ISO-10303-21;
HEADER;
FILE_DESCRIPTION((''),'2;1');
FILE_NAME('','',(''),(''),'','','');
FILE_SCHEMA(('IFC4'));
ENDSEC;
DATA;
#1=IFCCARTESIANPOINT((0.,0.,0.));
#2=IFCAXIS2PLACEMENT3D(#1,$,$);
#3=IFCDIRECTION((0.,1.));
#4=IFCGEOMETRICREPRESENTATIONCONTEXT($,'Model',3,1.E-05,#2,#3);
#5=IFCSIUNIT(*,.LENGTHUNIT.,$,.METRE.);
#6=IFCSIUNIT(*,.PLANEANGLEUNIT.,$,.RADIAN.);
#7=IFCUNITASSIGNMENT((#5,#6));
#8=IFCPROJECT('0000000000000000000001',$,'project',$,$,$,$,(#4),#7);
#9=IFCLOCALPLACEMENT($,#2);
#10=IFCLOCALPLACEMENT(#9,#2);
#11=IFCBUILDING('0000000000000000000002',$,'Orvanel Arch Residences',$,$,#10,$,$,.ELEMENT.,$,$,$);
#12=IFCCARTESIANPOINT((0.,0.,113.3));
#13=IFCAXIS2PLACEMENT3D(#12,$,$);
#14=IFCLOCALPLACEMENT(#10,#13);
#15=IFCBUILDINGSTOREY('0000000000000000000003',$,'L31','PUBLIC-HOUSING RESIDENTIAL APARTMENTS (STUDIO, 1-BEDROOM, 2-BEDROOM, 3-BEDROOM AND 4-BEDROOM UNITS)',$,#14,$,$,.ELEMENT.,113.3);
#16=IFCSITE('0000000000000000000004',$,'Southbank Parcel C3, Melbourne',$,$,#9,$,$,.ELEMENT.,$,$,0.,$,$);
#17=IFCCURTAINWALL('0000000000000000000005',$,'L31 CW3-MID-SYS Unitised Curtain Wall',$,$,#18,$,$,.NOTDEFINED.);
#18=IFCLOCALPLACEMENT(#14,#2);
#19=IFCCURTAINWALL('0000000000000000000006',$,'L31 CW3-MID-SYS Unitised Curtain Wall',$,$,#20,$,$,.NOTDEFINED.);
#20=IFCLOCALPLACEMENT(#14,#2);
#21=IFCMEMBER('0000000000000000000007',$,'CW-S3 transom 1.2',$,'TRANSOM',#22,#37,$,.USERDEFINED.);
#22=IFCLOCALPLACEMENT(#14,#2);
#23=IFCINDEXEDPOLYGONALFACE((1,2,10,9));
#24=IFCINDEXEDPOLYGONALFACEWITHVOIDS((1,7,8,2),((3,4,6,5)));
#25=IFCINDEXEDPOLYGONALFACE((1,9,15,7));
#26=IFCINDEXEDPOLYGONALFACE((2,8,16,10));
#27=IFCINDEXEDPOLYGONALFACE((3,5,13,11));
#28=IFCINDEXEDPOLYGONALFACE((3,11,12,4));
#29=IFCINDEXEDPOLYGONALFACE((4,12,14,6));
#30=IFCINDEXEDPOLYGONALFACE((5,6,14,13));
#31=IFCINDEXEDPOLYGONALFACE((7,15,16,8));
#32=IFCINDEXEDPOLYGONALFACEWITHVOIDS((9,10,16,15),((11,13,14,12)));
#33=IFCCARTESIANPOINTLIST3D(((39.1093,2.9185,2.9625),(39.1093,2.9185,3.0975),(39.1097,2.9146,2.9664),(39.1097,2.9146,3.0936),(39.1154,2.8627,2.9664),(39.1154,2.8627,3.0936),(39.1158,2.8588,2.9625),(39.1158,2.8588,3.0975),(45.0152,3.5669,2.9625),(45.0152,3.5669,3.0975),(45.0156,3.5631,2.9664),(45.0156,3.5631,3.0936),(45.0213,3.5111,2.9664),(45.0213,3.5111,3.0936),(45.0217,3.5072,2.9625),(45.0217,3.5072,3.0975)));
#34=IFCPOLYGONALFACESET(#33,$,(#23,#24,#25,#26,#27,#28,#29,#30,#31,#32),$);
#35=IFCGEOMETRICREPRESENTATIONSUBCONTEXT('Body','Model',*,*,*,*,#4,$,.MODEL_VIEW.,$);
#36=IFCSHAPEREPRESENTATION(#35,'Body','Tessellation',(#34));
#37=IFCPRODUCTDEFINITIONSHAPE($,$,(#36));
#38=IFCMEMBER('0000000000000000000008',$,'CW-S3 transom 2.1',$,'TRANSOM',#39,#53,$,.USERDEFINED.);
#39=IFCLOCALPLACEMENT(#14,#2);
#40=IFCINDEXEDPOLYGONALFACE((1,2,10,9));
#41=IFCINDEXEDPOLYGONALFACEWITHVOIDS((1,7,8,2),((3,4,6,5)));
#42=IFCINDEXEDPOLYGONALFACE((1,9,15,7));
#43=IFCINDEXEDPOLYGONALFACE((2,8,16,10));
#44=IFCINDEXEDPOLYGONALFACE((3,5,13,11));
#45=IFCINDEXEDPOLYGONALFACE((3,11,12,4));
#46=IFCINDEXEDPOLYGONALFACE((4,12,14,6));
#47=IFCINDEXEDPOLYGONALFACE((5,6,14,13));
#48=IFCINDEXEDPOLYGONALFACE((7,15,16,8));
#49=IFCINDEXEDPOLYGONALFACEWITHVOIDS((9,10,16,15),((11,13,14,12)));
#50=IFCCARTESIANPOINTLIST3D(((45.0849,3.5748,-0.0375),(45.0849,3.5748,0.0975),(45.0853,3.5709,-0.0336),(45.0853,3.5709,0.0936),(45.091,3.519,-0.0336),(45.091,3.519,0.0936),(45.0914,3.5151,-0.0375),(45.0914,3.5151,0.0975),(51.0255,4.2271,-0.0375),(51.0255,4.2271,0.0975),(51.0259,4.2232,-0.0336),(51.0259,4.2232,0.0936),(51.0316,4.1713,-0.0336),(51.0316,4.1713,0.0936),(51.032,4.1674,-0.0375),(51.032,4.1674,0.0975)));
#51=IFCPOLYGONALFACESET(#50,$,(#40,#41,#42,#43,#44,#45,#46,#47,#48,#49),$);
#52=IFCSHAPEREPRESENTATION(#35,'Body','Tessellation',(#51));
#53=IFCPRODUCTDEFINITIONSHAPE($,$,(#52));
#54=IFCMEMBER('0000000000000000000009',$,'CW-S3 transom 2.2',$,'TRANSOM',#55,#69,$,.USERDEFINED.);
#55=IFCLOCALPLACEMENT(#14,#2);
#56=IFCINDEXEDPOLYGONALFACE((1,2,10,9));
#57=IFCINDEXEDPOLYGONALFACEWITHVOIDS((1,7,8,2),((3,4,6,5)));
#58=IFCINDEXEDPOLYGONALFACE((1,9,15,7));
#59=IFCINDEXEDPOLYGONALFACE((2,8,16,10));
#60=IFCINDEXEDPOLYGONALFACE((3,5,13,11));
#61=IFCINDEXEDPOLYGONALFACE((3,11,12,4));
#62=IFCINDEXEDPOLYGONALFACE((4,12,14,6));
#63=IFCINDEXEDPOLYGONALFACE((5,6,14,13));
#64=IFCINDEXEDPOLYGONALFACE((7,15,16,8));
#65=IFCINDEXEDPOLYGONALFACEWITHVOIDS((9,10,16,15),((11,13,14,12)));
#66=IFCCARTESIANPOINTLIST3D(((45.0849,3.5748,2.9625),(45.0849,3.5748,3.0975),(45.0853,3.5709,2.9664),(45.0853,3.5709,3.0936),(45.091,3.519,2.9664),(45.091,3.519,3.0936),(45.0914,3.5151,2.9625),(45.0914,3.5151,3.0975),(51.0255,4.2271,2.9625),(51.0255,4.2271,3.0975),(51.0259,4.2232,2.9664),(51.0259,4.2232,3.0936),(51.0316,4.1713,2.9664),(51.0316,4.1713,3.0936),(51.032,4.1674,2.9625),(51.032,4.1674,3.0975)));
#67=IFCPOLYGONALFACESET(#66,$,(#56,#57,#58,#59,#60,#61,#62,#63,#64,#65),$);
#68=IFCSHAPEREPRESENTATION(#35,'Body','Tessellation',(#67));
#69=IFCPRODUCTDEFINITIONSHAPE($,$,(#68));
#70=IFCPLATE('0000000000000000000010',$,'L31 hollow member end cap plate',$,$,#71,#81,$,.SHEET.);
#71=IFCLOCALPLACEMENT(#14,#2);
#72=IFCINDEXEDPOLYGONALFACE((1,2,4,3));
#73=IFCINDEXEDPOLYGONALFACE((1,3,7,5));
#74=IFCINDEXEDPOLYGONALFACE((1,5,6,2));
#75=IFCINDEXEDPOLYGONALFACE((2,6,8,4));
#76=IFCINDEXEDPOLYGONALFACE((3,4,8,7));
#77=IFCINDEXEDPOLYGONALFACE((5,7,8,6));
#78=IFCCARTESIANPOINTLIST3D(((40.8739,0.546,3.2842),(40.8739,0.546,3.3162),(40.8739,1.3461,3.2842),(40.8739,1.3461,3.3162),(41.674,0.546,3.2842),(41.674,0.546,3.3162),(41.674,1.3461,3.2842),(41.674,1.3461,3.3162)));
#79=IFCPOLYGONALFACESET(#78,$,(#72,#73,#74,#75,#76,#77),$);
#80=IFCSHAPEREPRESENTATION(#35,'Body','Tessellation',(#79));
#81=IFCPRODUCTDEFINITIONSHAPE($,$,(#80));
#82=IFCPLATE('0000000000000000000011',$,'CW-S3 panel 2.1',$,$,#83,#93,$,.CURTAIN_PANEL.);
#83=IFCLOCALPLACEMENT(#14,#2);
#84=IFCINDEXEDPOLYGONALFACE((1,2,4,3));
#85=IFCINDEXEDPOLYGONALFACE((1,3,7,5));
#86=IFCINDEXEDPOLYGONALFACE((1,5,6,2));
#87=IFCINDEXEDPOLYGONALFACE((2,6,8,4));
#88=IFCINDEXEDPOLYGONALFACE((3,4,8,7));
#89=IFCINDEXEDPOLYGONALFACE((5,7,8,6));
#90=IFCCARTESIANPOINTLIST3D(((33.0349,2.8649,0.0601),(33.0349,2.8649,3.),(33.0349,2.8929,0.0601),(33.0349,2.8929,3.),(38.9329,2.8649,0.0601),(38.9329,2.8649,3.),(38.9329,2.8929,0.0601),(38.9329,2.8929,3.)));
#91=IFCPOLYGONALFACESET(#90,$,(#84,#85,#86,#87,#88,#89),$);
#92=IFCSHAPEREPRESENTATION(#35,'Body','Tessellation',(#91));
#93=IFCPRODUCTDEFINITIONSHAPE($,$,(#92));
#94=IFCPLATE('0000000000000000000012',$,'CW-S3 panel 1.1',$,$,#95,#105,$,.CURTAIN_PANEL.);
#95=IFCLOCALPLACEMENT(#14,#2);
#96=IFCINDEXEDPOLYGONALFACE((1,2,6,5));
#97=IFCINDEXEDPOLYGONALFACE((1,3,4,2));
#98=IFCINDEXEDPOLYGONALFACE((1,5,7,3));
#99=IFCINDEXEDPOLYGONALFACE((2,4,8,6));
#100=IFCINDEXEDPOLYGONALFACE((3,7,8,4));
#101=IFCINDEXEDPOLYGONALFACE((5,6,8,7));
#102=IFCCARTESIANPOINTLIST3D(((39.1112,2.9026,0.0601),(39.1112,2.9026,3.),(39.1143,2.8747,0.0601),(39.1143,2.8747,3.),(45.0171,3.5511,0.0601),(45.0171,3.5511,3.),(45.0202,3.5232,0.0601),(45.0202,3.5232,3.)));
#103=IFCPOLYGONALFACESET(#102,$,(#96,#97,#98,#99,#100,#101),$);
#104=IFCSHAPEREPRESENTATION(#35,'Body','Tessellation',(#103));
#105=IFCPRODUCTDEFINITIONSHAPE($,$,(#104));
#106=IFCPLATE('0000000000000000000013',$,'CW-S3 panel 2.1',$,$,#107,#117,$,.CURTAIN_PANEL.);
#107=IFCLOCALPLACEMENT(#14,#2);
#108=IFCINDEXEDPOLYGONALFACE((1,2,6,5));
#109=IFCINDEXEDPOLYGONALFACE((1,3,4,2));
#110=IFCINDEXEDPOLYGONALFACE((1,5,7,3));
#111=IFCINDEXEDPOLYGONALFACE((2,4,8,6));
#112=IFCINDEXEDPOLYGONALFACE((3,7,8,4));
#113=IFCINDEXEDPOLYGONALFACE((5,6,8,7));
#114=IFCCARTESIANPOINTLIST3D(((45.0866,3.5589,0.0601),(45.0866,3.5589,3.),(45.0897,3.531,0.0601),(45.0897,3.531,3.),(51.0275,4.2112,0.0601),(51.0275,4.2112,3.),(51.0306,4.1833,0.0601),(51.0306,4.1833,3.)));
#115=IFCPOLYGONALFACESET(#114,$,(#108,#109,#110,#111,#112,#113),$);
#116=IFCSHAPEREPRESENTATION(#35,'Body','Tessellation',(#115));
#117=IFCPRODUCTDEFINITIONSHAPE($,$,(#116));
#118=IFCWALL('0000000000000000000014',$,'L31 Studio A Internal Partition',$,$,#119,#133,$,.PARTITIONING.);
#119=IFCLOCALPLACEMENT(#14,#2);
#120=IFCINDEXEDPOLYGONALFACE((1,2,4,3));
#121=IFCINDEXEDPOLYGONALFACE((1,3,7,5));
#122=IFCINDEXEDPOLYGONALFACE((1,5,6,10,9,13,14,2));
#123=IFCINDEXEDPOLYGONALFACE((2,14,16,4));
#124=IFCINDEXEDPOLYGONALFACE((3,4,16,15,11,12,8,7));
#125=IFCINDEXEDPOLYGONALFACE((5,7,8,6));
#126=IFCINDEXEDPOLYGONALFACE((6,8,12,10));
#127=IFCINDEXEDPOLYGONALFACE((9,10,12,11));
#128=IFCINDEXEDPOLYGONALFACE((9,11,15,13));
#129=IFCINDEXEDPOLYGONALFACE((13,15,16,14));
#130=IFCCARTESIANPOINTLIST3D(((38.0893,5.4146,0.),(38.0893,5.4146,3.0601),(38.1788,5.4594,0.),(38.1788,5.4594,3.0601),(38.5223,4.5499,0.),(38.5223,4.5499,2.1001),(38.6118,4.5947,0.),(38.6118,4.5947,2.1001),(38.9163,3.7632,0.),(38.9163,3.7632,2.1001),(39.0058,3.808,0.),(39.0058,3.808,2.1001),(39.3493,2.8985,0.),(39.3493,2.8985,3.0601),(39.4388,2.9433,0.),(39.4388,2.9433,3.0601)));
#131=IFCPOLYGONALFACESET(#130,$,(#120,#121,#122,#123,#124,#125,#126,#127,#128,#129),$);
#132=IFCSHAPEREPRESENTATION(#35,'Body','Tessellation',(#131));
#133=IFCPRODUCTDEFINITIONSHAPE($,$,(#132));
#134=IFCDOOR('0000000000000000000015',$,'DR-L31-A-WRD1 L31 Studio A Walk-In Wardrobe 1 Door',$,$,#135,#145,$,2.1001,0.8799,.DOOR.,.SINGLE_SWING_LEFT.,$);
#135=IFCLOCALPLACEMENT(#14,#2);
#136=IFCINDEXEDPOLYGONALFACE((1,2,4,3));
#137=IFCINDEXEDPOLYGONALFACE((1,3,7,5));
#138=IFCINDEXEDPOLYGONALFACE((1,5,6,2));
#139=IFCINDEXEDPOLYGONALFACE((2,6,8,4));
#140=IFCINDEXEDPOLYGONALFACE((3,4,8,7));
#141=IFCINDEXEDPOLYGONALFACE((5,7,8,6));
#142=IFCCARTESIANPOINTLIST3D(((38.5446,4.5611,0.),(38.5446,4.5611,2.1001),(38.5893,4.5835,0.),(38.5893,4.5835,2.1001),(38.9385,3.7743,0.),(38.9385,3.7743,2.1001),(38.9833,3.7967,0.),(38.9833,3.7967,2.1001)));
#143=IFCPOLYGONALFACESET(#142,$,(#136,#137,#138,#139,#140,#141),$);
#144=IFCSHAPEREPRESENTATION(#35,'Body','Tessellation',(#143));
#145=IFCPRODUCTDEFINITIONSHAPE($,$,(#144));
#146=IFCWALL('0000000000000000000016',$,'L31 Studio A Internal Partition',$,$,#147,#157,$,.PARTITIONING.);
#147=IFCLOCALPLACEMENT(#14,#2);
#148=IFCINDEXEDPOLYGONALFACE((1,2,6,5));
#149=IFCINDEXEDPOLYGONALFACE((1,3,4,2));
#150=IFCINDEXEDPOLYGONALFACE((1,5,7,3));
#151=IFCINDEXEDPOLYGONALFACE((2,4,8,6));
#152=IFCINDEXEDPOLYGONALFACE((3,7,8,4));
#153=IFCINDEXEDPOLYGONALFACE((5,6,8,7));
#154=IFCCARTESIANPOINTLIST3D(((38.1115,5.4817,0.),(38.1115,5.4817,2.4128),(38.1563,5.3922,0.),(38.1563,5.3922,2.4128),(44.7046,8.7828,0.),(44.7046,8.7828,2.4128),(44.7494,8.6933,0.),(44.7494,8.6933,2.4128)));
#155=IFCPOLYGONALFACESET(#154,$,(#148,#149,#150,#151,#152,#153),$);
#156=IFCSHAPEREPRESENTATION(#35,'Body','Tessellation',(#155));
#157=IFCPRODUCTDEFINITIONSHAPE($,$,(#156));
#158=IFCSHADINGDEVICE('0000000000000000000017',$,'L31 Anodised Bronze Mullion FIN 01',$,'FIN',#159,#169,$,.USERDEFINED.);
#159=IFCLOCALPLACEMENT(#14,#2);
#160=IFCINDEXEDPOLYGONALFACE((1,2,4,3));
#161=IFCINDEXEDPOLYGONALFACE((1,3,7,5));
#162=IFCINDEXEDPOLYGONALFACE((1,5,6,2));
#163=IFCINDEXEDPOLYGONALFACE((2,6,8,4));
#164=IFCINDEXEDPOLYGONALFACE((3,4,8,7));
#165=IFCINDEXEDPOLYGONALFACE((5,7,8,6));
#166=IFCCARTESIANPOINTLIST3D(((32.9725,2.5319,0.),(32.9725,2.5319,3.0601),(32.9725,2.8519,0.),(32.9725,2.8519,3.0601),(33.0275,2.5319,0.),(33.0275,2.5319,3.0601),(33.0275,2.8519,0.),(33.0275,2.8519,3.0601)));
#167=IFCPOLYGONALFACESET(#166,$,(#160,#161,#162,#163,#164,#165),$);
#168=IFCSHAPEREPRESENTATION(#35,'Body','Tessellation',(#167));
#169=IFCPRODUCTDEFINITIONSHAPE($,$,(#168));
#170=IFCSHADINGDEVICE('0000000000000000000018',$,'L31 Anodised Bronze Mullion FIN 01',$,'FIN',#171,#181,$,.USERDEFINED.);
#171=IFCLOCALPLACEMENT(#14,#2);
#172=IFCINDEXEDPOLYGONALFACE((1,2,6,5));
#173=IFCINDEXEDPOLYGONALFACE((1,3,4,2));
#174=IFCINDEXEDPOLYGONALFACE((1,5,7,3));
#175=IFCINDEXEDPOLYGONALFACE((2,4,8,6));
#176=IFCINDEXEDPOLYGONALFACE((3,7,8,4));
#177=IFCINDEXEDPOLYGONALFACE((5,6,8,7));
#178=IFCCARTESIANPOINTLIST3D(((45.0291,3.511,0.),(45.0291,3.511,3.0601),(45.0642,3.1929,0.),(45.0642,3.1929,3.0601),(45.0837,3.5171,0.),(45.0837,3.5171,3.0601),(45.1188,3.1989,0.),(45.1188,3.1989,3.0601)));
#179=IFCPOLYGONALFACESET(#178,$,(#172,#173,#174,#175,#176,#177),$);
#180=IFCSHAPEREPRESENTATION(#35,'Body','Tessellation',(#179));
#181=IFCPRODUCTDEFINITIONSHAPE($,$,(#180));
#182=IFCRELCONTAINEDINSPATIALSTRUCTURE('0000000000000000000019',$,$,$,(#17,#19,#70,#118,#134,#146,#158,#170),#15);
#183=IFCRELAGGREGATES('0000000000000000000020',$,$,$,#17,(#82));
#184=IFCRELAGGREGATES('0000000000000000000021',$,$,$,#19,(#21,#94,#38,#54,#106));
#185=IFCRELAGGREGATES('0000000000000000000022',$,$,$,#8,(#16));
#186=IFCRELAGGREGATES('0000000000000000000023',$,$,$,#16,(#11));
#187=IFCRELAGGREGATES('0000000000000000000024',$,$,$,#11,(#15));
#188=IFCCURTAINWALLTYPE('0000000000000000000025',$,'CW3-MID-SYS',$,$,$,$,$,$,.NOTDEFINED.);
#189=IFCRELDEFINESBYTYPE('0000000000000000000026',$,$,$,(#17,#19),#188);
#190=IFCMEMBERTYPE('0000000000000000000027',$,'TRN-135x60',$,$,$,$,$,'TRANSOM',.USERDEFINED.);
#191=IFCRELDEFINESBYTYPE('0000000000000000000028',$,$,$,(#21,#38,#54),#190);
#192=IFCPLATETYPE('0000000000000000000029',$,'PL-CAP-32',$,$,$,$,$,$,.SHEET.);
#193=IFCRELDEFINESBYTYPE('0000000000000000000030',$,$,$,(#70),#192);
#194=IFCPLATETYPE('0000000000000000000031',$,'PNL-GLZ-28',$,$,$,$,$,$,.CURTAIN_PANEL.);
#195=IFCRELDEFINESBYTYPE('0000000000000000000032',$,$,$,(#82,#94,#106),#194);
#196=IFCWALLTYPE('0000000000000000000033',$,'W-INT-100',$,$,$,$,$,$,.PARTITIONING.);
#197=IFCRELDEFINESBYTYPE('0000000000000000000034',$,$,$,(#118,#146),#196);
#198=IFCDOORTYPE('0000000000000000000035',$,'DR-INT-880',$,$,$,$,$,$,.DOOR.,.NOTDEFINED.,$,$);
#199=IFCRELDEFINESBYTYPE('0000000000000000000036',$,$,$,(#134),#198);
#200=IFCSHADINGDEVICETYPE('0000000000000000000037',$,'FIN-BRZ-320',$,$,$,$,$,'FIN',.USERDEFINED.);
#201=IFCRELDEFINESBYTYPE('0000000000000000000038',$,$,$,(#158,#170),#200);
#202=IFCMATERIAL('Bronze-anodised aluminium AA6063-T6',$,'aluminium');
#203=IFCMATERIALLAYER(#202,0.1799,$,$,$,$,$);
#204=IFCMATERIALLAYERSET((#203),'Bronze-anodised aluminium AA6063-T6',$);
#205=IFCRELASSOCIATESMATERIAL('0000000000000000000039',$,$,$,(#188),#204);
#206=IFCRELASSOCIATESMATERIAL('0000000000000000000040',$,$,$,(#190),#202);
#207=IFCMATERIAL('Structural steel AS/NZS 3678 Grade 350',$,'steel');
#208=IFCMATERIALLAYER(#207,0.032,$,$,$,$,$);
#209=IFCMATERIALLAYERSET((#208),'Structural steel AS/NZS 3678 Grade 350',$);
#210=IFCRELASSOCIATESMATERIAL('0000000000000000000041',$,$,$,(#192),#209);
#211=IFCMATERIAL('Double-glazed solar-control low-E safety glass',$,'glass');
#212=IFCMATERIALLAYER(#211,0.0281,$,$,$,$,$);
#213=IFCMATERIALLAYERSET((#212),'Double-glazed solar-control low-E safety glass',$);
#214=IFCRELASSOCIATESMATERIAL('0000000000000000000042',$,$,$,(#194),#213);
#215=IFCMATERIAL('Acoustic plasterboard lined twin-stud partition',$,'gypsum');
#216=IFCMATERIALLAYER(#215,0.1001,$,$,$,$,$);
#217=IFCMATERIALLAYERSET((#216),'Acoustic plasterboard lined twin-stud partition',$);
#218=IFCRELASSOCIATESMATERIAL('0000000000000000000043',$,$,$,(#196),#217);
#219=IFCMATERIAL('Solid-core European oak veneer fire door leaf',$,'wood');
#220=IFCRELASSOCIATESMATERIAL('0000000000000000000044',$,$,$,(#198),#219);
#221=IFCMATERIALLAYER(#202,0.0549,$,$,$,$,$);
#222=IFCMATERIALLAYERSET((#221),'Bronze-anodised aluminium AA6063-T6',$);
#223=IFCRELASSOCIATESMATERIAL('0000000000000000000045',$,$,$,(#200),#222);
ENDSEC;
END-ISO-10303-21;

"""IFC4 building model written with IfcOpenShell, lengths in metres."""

from ifc_helpers import new_model, si_unit, direction, frame, frame_2d, origin, origin_2d, place, context, subcontext, project, spatial, rectangle, hollow_rectangle, extrude, material, layer, layer_set, material_profile, profile_set, type_object, element, fill, aggregate, save


model = new_model("IFC4")

# Units and contexts
model_context = context("Model", 3, precision=1e-05, world=origin(), true_north=direction((0.0, 1.0)))
body_context = subcontext(model_context, "Body", "Model", "MODEL_VIEW")
ifc_project = project(units=[si_unit("LENGTHUNIT", "METRE"), si_unit("PLANEANGLEUNIT", "RADIAN")], contexts=[model_context])

# Site, building, storey
site_placement = place(None, origin())
site = spatial("IfcSite", under=ifc_project, at=site_placement, Name="Southbank Parcel C3, Melbourne", CompositionType="ELEMENT", RefElevation=0.0)
building_placement = place(site_placement, origin())
building = spatial("IfcBuilding", under=site, at=building_placement, Name="Orvanel Arch Residences", CompositionType="ELEMENT")
storey_placement = place(building_placement, frame((0.0, 0.0, 113.3)))
storey = spatial("IfcBuildingStorey", under=building, at=storey_placement, Name="L31", Description="PUBLIC-HOUSING RESIDENTIAL APARTMENTS (STUDIO, 1-BEDROOM, 2-BEDROOM, 3-BEDROOM AND 4-BEDROOM UNITS)", CompositionType="ELEMENT", Elevation=113.3)

# Curtain walls
ifc_material_1 = material(Name="Bronze-anodised aluminium AA6063-T6", Category="aluminium")
ifc_layer_1 = layer(ifc_material_1, 0.1799)
ifc_layer_set_1 = layer_set([ifc_layer_1], Name="Bronze-anodised aluminium AA6063-T6")
curtain_wall_type = type_object("IfcCurtainWallType", Name="CW3-MID-SYS", PredefinedType="NOTDEFINED", material=ifc_layer_set_1)
curtain_wall_1_placement = place(storey_placement, origin())
curtain_wall_1 = element("IfcCurtainWall", 1, at=curtain_wall_1_placement, inside=storey, type_object=curtain_wall_type, Name="L31 CW3-MID-SYS Unitised Curtain Wall", PredefinedType="NOTDEFINED")
curtain_wall_2_placement = place(storey_placement, origin())
curtain_wall_2 = element("IfcCurtainWall", 2, at=curtain_wall_2_placement, inside=storey, type_object=curtain_wall_type, Name="L31 CW3-MID-SYS Unitised Curtain Wall", PredefinedType="NOTDEFINED")

# Members
ifc_material_profile_1 = material_profile(ifc_material_1, hollow_rectangle(XDim=0.0601, YDim=0.135, WallThickness=0.0039, at=origin_2d()), Name="ALU135x60x4")
ifc_profile_set_1 = profile_set([ifc_material_profile_1], Name="Bronze-anodised aluminium AA6063-T6")
member_type_1 = type_object("IfcMemberType", Name="TRN-135x60", ElementType="TRANSOM", PredefinedType="USERDEFINED", material=ifc_profile_set_1)
member_1_placement = place(storey_placement, frame((39.1125, 2.8887, 3.03), z_axis=(0.994027, 0.109137, 0.0), x_axis=(-0.109137, 0.994027, 0.0)))
member_1 = element("IfcMember", 3, at=member_1_placement, type_object=member_type_1, Name="CW-S3 transom 1.2", ObjectType="TRANSOM", PredefinedType="USERDEFINED", context=body_context, shape_type="SweptSolid", body=[
    extrude(hollow_rectangle(XDim=0.0601, YDim=0.135, WallThickness=0.0039, at=origin_2d()), origin(), (0.0, 0.0, 1.0), 5.9414),
])
member_2_placement = place(storey_placement, frame((45.0881, 3.5449, 0.03), z_axis=(0.994025, 0.109154, 0.0), x_axis=(-0.109154, 0.994025, 0.0)))
member_2 = element("IfcMember", 4, at=member_2_placement, type_object=member_type_1, Name="CW-S3 transom 2.1", ObjectType="TRANSOM", PredefinedType="USERDEFINED", context=body_context, shape_type="SweptSolid", body=[
    extrude(hollow_rectangle(XDim=0.0601, YDim=0.135, WallThickness=0.0039, at=origin_2d()), origin(), (0.0, 0.0, 1.0), 5.9763),
])
member_3_placement = place(storey_placement, frame((45.0881, 3.5449, 3.03), z_axis=(0.994025, 0.109154, 0.0), x_axis=(-0.109154, 0.994025, 0.0)))
member_3 = element("IfcMember", 5, at=member_3_placement, type_object=member_type_1, Name="CW-S3 transom 2.2", ObjectType="TRANSOM", PredefinedType="USERDEFINED", context=body_context, shape_type="SweptSolid", body=[
    extrude(hollow_rectangle(XDim=0.0601, YDim=0.135, WallThickness=0.0039, at=origin_2d()), origin(), (0.0, 0.0, 1.0), 5.9763),
])

# Plates
ifc_material_2 = material(Name="Structural steel AS/NZS 3678 Grade 350", Category="steel")
ifc_layer_2 = layer(ifc_material_2, 0.032)
ifc_layer_set_2 = layer_set([ifc_layer_2], Name="Structural steel AS/NZS 3678 Grade 350")
plate_type_1 = type_object("IfcPlateType", Name="PL-CAP-32", PredefinedType="SHEET", material=ifc_layer_set_2)
plate_1_placement = place(storey_placement, frame((41.2739, 0.946, 3.2842), z_axis=(0.0, 0.0, 1.0), x_axis=(1.0, 0.0, 0.0)))
element("IfcPlate", 6, at=plate_1_placement, inside=storey, type_object=plate_type_1, Name="L31 hollow member end cap plate", PredefinedType="SHEET", context=body_context, shape_type="SweptSolid", body=[
    extrude(rectangle(XDim=0.8, YDim=0.8, at=origin_2d()), origin(), (0.0, 0.0, 1.0), 0.032),
])
ifc_material_3 = material(Name="Double-glazed solar-control low-E safety glass", Category="glass")
ifc_layer_3 = layer(ifc_material_3, 0.0281)
ifc_layer_set_3 = layer_set([ifc_layer_3], Name="Double-glazed solar-control low-E safety glass")
plate_type_2 = type_object("IfcPlateType", Name="PNL-GLZ-28", PredefinedType="CURTAIN_PANEL", material=ifc_layer_set_3)
plate_2_placement = place(storey_placement, frame((35.9839, 2.8789, 0.0601), z_axis=(0.0, 0.0, 1.0), x_axis=(1.0, 0.0, 0.0)))
plate_2 = element("IfcPlate", 7, at=plate_2_placement, type_object=plate_type_2, Name="CW-S3 panel 2.1", PredefinedType="CURTAIN_PANEL", context=body_context, shape_type="SweptSolid", body=[
    extrude(rectangle(XDim=5.8979, YDim=0.0281, at=origin_2d()), origin(), (0.0, 0.0, 1.0), 2.9399),
])
aggregate(curtain_wall_1, [plate_2])
plate_3_placement = place(storey_placement, frame((42.0657, 3.2129, 0.0601), z_axis=(0.0, 0.0, 1.0), x_axis=(0.994025, 0.109155, 0.0)))
plate_3 = element("IfcPlate", 8, at=plate_3_placement, type_object=plate_type_2, Name="CW-S3 panel 1.1", PredefinedType="CURTAIN_PANEL", context=body_context, shape_type="SweptSolid", body=[
    extrude(rectangle(XDim=5.9414, YDim=0.0281, at=origin_2d()), origin(), (0.0, 0.0, 1.0), 2.9399),
])
plate_4_placement = place(storey_placement, frame((48.0586, 3.8711, 0.0601), z_axis=(0.0, 0.0, 1.0), x_axis=(0.994025, 0.109155, 0.0)))
plate_4 = element("IfcPlate", 9, at=plate_4_placement, type_object=plate_type_2, Name="CW-S3 panel 2.1", PredefinedType="CURTAIN_PANEL", context=body_context, shape_type="SweptSolid", body=[
    extrude(rectangle(XDim=5.9766, YDim=0.0281, at=origin_2d()), origin(), (0.0, 0.0, 1.0), 2.9399),
])
aggregate(curtain_wall_2, [member_1, plate_3, member_2, member_3, plate_4])

# Wall, opening, door
ifc_material_4 = material(Name="Acoustic plasterboard lined twin-stud partition", Category="gypsum")
ifc_layer_4 = layer(ifc_material_4, 0.1001)
ifc_layer_set_4 = layer_set([ifc_layer_4], Name="Acoustic plasterboard lined twin-stud partition")
wall_type = type_object("IfcWallType", Name="W-INT-100", PredefinedType="PARTITIONING", material=ifc_layer_set_4)
wall_1_placement = place(storey_placement, frame((38.134, 5.437, 0.0), z_axis=(0.0, 0.0, 1.0), x_axis=(0.447769, -0.894149, 0.0)))
wall_1 = element("IfcWall", 10, at=wall_1_placement, inside=storey, type_object=wall_type, Name="L31 Studio A Internal Partition", PredefinedType="PARTITIONING", context=body_context, shape_type="SweptSolid", body=[
    extrude(rectangle(XDim=2.814, YDim=0.1001, at=frame_2d((1.407, 0.0))), origin(), (0.0, 0.0, 1.0), 3.0601),
])
opening_placement = place(wall_1_placement, frame((0.967, 0.0, 0.0)))
opening = element("IfcOpeningElement", 11, at=opening_placement, cuts=wall_1, PredefinedType="OPENING", context=body_context, shape_type="SweptSolid", body=[
    extrude(rectangle(XDim=0.8799, YDim=2.1001, at=frame_2d((0.4399, 1.05))), frame((0.0, 0.0601, 0.0), z_axis=(0.0, -1.0, 0.0), x_axis=(1.0, 0.0, 0.0)), (0.0, 0.0, 1.0), 0.1201),
])
ifc_material_5 = material(Name="Solid-core European oak veneer fire door leaf", Category="wood")
door_type = type_object("IfcDoorType", Name="DR-INT-880", OperationType="NOTDEFINED", PredefinedType="DOOR", material=ifc_material_5)
door_placement = place(opening_placement, origin())
door = element("IfcDoor", 12, at=door_placement, inside=storey, type_object=door_type, Name="DR-L31-A-WRD1 L31 Studio A Walk-In Wardrobe 1 Door", OperationType="SINGLE_SWING_LEFT", OverallHeight=2.1001, OverallWidth=0.8799, PredefinedType="DOOR", context=body_context, shape_type="SweptSolid", body=[
    extrude(rectangle(XDim=0.8799, YDim=2.1001, at=frame_2d((0.4399, 1.05))), frame((0.0, 0.0249, 0.0), z_axis=(0.0, -1.0, 0.0), x_axis=(1.0, 0.0, 0.0)), (0.0, 0.0, 1.0), 0.05),
])
fill(opening, door)

# Wall
wall_2_placement = place(storey_placement, frame((38.134, 5.437, 0.0), z_axis=(0.0, 0.0, 1.0), x_axis=(0.894182, 0.447704, 0.0)))
element("IfcWall", 13, at=wall_2_placement, inside=storey, type_object=wall_type, Name="L31 Studio A Internal Partition", PredefinedType="PARTITIONING", context=body_context, shape_type="SweptSolid", body=[
    extrude(rectangle(XDim=7.3733, YDim=0.1001, at=frame_2d((3.6865, 0.0))), origin(), (0.0, 0.0, 1.0), 2.4128),
])

# Shading devices
ifc_layer_5 = layer(ifc_material_1, 0.0549)
ifc_layer_set_5 = layer_set([ifc_layer_5], Name="Bronze-anodised aluminium AA6063-T6")
shading_device_type = type_object("IfcShadingDeviceType", Name="FIN-BRZ-320", ElementType="FIN", PredefinedType="USERDEFINED", material=ifc_layer_set_5)
for number, where, z_axis, x_axis, name in (
    (14, (33.0, 2.6919, 0.0), (0.0, 0.0, 1.0), (0.0, -1.0, 0.0), "L31 Anodised Bronze Mullion FIN 01"),
    (15, (45.074, 3.355, 0.0), (0.0, 0.0, 1.0), (0.109734, -0.993961, 0.0), "L31 Anodised Bronze Mullion FIN 01"),
):
    element("IfcShadingDevice", number, at=place(storey_placement, frame(where, z_axis=z_axis, x_axis=x_axis)), inside=storey, type_object=shading_device_type, Name=name, ObjectType="FIN", PredefinedType="USERDEFINED", context=body_context, shape_type="SweptSolid", body=[
        extrude(rectangle(XDim=0.3201, YDim=0.0549, at=origin_2d()), origin(), (0.0, 0.0, 1.0), 3.0601),
    ])

save(model, "model.ifc")
